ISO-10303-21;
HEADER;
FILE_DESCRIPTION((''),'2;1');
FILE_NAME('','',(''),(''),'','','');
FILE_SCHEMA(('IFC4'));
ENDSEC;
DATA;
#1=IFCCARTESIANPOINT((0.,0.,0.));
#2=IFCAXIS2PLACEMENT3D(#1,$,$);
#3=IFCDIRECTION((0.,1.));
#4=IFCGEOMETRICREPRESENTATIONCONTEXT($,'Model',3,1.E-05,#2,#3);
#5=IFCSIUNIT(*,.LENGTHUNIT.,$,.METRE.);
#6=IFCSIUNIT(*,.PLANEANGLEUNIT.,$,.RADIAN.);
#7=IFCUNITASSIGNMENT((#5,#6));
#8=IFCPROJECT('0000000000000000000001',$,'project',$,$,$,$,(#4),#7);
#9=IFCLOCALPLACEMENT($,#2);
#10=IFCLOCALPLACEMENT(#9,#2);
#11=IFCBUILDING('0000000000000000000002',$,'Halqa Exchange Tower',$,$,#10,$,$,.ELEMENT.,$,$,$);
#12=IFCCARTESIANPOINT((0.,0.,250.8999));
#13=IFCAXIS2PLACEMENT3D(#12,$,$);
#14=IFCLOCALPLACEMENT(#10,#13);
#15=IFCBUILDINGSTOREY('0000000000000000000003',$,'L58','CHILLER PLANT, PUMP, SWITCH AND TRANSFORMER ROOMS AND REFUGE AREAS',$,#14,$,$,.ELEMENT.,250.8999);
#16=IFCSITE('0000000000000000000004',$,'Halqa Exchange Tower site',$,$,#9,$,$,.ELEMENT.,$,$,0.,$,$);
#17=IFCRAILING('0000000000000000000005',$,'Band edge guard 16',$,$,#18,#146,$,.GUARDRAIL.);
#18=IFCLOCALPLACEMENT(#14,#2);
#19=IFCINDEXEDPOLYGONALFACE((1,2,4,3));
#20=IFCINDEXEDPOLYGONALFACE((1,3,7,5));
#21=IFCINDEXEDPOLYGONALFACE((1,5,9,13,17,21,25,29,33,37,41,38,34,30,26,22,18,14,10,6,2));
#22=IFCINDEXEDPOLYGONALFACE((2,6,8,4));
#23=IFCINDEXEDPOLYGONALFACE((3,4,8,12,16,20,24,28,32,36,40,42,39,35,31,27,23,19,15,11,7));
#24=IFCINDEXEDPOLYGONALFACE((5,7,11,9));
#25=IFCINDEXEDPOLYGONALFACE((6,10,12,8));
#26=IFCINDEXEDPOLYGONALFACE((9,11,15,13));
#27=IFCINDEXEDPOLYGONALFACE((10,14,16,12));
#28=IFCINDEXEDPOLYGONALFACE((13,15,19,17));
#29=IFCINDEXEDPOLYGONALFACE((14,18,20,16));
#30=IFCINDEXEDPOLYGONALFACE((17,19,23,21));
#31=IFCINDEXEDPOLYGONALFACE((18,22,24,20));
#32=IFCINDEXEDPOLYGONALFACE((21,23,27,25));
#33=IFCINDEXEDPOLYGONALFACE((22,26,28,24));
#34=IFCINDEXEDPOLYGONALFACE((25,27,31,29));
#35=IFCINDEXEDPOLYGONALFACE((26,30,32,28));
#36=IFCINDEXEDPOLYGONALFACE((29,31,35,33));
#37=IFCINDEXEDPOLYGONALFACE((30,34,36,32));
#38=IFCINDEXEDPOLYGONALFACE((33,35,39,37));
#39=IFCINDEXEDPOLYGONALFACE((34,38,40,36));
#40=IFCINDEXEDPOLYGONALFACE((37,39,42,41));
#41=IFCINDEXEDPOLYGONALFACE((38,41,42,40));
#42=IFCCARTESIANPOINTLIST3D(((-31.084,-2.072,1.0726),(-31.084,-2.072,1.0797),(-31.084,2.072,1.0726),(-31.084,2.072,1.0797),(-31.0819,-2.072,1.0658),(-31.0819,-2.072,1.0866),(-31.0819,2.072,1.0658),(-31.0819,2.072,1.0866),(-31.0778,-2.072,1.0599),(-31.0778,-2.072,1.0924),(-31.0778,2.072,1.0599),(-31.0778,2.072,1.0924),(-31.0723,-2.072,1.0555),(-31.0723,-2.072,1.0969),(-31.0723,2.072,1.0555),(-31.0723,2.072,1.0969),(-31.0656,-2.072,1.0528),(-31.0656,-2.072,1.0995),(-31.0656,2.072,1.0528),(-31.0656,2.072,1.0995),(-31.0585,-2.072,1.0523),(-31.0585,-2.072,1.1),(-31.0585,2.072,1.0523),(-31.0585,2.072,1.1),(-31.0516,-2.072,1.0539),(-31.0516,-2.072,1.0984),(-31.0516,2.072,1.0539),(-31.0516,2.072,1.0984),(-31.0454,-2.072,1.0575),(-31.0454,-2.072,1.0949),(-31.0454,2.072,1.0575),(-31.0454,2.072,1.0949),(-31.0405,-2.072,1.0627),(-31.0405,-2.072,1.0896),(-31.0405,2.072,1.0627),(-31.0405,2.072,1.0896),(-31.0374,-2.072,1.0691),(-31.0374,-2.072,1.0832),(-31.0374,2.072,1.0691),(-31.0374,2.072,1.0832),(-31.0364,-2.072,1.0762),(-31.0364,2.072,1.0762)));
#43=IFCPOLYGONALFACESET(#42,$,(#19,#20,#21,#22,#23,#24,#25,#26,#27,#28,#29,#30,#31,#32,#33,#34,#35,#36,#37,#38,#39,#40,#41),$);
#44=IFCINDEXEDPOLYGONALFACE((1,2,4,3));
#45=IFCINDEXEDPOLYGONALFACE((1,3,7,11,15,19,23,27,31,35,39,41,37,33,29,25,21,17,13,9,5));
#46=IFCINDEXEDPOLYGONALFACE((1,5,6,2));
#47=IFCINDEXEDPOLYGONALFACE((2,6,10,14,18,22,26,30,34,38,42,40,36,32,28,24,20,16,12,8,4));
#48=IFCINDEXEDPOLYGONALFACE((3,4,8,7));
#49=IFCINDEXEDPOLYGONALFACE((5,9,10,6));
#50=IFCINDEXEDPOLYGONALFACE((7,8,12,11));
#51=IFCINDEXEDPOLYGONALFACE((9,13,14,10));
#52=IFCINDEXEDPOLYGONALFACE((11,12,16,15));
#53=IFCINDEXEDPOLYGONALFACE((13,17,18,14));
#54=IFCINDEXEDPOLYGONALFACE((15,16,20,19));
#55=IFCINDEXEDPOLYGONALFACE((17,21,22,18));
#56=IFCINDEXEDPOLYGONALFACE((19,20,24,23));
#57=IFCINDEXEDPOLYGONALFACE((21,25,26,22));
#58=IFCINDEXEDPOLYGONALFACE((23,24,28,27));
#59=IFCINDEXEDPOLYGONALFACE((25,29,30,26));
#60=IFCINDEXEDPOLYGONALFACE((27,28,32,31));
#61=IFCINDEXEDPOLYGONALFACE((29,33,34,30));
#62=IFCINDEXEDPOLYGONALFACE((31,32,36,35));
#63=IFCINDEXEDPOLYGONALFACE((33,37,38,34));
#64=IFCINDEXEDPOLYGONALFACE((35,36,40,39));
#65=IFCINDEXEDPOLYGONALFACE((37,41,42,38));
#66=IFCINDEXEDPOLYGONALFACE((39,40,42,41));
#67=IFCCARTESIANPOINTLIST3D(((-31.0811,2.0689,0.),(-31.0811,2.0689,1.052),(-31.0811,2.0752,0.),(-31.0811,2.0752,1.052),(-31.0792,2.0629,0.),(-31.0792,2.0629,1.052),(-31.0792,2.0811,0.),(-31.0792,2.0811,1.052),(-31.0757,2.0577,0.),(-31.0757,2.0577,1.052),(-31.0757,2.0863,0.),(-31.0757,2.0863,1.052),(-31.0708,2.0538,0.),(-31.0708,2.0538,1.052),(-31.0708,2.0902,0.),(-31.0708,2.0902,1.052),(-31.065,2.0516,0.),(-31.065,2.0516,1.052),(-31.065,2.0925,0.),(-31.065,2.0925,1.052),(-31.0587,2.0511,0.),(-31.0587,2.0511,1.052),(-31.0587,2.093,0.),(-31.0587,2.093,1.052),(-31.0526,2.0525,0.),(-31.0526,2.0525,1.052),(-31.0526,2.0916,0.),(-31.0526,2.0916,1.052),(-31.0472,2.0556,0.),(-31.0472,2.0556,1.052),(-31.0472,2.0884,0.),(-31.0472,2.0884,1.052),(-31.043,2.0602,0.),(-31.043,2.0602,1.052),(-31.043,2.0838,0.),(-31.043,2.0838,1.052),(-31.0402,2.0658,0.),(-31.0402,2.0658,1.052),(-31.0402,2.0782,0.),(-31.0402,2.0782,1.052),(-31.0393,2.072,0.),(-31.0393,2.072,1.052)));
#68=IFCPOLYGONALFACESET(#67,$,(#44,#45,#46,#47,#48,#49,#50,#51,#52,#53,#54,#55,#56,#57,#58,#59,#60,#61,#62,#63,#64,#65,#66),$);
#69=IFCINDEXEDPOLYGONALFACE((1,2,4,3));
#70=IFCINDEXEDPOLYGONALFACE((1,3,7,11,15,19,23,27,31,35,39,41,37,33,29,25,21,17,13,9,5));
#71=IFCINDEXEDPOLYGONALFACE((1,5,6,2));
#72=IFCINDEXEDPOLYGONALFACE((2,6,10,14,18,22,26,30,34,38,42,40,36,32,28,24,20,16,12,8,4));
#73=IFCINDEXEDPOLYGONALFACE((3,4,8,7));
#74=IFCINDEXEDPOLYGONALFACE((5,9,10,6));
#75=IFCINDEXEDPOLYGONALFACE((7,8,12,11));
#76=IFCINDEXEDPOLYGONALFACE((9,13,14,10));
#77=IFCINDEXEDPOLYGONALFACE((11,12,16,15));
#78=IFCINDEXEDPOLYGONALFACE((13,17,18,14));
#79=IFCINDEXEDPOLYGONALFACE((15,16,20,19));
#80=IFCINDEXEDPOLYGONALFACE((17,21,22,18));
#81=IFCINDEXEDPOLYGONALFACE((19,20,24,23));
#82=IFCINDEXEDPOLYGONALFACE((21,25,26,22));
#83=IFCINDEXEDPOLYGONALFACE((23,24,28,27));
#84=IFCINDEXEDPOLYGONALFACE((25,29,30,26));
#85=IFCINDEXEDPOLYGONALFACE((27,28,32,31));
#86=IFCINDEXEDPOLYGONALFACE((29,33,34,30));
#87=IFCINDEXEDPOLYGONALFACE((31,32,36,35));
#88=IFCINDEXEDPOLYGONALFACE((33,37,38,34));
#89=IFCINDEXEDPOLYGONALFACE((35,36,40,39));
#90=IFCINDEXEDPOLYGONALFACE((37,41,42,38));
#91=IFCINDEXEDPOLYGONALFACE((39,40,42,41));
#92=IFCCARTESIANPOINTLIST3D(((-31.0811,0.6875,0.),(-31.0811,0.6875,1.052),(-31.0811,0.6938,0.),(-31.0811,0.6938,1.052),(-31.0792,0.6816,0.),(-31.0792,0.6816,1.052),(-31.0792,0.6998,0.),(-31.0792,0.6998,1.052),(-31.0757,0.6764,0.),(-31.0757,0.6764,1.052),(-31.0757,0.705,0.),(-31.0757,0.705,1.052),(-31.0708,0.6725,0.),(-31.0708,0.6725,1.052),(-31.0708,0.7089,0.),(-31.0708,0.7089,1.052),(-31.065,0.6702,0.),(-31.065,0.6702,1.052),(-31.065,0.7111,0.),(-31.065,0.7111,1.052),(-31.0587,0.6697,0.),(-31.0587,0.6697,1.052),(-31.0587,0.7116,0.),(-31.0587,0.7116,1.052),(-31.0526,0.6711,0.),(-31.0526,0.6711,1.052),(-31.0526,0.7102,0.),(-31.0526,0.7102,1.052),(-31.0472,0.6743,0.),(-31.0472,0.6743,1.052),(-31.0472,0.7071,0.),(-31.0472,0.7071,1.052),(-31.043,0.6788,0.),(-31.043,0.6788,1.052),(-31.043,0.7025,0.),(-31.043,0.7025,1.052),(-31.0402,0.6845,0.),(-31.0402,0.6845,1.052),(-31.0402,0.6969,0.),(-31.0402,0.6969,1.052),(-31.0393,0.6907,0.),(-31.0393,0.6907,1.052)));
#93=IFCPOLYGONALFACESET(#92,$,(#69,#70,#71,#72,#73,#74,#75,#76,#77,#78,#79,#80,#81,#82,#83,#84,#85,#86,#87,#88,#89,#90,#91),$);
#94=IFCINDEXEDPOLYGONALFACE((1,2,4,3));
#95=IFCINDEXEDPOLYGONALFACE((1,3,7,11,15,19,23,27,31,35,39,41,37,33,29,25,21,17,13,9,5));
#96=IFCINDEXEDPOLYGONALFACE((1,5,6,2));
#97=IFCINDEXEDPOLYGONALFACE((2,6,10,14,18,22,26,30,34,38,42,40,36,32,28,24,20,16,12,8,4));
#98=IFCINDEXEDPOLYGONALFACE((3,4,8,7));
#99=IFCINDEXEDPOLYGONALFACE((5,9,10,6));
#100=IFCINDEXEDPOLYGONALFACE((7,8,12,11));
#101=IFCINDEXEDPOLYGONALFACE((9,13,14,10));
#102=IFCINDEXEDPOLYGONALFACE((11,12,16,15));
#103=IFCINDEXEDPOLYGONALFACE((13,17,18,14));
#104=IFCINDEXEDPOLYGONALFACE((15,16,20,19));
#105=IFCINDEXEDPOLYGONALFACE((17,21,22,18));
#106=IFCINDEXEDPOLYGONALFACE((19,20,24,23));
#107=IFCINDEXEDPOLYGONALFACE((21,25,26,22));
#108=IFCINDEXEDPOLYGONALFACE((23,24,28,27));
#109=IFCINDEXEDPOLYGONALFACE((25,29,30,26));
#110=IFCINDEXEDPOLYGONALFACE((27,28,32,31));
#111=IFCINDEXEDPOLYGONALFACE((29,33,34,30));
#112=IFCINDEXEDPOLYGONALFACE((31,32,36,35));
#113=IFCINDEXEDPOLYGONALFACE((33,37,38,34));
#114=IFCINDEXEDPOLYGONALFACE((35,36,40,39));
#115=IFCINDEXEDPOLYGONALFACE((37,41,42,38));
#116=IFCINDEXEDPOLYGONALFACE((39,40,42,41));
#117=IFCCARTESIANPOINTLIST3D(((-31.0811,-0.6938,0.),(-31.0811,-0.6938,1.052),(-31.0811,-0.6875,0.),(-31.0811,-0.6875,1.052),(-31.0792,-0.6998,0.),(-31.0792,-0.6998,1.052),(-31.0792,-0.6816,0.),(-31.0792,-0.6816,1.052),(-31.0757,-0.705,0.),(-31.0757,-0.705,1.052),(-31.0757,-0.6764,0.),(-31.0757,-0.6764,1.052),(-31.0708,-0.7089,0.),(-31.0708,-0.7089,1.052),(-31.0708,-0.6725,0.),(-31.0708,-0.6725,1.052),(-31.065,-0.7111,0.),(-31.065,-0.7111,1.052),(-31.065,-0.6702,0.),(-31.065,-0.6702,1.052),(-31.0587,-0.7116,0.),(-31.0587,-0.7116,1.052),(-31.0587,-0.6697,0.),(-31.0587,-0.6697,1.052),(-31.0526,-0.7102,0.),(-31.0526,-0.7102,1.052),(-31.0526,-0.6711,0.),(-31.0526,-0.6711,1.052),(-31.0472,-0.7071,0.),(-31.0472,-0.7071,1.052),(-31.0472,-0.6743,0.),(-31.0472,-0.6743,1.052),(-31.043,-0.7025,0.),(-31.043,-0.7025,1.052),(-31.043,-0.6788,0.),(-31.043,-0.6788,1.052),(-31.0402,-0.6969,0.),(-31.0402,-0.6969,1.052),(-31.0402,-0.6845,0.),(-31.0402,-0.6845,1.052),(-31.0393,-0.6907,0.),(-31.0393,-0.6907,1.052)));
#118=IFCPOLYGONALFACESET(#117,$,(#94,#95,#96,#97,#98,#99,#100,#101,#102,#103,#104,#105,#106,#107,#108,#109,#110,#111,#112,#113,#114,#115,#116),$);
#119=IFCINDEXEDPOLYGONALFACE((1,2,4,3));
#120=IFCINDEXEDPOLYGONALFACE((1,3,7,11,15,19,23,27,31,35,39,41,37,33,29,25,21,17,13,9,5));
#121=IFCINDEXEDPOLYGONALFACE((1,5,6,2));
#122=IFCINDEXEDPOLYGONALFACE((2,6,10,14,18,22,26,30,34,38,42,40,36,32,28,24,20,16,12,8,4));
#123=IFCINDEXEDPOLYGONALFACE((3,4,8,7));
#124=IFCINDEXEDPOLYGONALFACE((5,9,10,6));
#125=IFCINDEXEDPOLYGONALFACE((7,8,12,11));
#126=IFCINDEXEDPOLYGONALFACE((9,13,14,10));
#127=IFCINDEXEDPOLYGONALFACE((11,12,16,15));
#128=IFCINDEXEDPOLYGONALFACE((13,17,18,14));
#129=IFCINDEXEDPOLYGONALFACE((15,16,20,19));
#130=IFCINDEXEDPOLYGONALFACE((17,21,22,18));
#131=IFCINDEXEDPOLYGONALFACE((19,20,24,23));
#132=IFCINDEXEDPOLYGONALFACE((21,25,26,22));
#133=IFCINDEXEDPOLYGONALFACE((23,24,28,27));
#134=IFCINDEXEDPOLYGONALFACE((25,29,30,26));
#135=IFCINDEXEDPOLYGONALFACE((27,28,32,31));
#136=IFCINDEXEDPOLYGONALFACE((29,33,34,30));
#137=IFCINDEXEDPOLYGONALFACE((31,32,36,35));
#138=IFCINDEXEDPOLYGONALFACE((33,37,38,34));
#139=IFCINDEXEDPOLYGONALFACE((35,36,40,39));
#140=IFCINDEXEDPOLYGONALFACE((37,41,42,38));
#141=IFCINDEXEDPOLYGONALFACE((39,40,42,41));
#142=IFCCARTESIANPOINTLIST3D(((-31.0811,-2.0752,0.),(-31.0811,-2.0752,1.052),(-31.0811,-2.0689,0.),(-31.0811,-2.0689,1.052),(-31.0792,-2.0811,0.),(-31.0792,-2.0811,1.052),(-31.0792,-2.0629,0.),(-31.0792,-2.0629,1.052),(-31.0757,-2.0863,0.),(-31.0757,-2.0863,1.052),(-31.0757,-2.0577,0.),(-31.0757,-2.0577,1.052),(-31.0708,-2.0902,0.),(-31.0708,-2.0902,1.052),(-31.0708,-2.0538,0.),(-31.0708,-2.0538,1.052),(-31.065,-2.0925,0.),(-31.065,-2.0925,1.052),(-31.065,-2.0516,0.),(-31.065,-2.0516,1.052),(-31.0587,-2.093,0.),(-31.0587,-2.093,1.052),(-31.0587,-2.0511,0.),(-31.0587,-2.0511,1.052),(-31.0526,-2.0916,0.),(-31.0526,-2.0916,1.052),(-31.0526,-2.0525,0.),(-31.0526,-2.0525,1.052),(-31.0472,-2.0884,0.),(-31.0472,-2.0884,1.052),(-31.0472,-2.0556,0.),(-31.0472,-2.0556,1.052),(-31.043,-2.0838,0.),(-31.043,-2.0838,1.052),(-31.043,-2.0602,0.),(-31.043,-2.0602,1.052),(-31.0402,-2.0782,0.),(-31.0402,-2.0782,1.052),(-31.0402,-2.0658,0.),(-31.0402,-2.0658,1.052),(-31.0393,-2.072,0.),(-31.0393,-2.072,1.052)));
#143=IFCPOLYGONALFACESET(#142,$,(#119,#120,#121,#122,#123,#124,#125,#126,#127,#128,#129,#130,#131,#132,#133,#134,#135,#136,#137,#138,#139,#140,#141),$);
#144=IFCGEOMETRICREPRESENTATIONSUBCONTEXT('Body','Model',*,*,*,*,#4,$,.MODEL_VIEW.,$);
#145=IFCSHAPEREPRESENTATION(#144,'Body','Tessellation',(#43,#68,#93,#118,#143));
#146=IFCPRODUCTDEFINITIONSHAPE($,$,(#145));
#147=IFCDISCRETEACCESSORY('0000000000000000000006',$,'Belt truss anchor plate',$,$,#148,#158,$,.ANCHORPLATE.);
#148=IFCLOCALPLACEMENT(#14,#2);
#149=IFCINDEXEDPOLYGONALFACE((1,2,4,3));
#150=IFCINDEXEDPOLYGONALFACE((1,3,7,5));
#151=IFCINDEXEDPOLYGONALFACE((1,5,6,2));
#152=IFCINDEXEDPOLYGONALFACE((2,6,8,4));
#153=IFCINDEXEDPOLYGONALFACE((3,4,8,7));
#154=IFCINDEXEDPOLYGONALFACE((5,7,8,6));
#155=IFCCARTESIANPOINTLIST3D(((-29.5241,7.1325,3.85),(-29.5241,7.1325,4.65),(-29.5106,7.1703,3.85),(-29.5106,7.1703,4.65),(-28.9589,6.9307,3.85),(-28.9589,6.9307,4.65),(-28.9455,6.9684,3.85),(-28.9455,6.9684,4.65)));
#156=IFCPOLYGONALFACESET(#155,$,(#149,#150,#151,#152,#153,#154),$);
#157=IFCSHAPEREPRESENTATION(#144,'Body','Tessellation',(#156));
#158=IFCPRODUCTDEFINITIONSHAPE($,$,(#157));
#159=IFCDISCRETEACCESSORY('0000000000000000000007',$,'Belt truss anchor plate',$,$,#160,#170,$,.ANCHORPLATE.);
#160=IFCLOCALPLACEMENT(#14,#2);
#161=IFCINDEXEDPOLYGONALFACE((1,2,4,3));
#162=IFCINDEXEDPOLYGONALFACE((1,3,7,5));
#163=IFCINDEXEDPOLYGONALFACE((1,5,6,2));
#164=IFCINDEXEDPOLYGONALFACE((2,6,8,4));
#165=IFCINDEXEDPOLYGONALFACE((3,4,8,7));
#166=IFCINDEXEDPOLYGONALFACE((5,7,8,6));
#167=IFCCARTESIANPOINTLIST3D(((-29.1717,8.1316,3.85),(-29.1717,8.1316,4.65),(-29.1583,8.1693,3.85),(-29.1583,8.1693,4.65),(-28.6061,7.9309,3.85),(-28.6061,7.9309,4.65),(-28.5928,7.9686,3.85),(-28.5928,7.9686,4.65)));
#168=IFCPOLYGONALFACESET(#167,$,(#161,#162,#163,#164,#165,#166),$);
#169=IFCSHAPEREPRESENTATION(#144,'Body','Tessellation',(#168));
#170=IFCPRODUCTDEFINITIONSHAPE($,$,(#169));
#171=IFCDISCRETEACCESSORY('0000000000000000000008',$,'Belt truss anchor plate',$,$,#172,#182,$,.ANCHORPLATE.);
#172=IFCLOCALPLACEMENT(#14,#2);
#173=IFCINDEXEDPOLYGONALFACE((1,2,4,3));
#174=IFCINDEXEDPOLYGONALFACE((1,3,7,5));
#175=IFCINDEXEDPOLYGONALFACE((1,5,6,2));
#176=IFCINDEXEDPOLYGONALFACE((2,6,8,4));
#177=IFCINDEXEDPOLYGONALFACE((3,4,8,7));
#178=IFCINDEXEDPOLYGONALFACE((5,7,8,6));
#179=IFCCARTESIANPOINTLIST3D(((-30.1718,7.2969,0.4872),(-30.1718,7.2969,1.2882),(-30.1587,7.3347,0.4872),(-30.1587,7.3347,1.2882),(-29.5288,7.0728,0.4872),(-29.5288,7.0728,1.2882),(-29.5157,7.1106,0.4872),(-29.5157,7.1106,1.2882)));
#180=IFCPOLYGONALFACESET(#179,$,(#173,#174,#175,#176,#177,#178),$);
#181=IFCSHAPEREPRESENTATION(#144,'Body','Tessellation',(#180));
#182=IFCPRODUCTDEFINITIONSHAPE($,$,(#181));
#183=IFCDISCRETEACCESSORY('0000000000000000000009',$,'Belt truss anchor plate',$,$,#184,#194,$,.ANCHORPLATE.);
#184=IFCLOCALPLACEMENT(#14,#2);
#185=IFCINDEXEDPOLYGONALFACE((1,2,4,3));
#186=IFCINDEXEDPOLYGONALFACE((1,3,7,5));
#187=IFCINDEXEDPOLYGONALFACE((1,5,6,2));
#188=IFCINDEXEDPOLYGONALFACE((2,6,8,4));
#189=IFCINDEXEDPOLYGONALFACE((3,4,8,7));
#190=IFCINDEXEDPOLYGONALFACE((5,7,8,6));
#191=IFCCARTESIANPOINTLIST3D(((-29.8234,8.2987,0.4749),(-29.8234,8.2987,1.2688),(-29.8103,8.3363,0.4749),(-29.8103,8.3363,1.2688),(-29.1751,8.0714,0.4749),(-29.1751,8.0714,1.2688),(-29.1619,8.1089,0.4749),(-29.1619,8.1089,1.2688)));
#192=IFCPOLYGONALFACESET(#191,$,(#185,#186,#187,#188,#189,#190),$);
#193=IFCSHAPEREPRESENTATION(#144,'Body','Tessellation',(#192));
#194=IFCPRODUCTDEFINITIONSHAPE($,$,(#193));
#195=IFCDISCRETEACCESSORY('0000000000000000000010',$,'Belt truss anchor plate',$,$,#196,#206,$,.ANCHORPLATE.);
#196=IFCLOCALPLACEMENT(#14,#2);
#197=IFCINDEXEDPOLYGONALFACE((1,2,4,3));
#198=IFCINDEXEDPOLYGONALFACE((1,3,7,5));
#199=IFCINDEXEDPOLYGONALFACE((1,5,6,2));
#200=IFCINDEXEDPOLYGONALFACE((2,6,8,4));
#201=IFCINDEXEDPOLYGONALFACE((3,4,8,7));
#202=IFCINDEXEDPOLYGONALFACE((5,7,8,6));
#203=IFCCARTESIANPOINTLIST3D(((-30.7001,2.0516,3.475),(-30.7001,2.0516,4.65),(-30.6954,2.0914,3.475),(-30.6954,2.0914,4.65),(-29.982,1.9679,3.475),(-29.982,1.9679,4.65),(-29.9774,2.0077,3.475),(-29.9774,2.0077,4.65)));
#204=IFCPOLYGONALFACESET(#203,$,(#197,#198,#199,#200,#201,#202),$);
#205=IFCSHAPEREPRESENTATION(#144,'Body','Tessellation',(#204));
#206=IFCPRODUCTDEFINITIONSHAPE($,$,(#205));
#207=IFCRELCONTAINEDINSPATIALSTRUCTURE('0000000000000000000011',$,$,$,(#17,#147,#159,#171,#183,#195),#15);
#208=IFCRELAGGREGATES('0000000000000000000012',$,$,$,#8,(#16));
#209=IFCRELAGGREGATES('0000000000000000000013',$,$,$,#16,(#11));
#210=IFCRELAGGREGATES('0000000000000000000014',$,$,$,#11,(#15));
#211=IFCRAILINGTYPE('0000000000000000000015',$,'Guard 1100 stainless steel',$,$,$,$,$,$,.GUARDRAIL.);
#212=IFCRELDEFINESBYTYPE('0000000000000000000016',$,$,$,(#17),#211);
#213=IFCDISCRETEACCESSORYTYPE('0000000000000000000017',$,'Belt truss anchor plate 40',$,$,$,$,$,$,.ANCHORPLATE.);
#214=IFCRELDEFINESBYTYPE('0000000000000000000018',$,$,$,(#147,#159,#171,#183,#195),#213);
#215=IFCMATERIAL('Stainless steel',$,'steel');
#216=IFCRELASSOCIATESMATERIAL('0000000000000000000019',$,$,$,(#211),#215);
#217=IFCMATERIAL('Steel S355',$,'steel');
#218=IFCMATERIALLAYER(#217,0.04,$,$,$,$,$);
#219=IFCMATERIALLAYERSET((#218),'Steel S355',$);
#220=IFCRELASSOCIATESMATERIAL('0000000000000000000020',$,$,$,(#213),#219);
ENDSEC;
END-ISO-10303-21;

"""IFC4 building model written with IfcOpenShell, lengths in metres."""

from ifc_helpers import new_model, si_unit, direction, frame, origin, origin_2d, place, context, subcontext, project, spatial, rectangle, circle, extrude, material, layer, layer_set, type_object, element, save


model = new_model("IFC4")

# Units and contexts
model_context = context("Model", 3, precision=1e-05, world=origin(), true_north=direction((0.0, 1.0)))
body_context = subcontext(model_context, "Body", "Model", "MODEL_VIEW")
ifc_project = project(units=[si_unit("LENGTHUNIT", "METRE"), si_unit("PLANEANGLEUNIT", "RADIAN")], contexts=[model_context])

# Site, building, storey
site_placement = place(None, origin())
site = spatial("IfcSite", under=ifc_project, at=site_placement, Name="Halqa Exchange Tower site", CompositionType="ELEMENT", RefElevation=0.0)
building_placement = place(site_placement, origin())
building = spatial("IfcBuilding", under=site, at=building_placement, Name="Halqa Exchange Tower", CompositionType="ELEMENT")
storey_placement = place(building_placement, frame((0.0, 0.0, 250.8999)))
storey = spatial("IfcBuildingStorey", under=building, at=storey_placement, Name="L58", Description="CHILLER PLANT, PUMP, SWITCH AND TRANSFORMER ROOMS AND REFUGE AREAS", CompositionType="ELEMENT", Elevation=250.8999)

# Shared definitions
ifc_material_1 = material(Name="Steel S355", Category="steel")

# Railing
ifc_material_2 = material(Name="Stainless steel", Category="steel")
railing_type = type_object("IfcRailingType", Name="Guard 1100 stainless steel", PredefinedType="GUARDRAIL", material=ifc_material_2)
railing_1_placement = place(storey_placement, frame((-31.0603, 2.072, 0.0)))
element("IfcRailing", 1, at=railing_1_placement, inside=storey, type_object=railing_type, Name="Band edge guard 16", PredefinedType="GUARDRAIL", context=body_context, shape_type="SweptSolid", body=[
    extrude(circle(Radius=0.0239, at=origin_2d()), frame((0.0, 0.0, 1.0762), z_axis=(0.0, -1.0, 0.0), x_axis=(1.0, 0.0, 0.0)), (0.0, 0.0, 1.0), 4.144),
    extrude(circle(Radius=0.021, at=origin_2d()), origin(), (0.0, 0.0, 1.0), 1.052),
    extrude(circle(Radius=0.021, at=origin_2d()), frame((0.0, -1.3813, 0.0)), (0.0, 0.0, 1.0), 1.052),
    extrude(circle(Radius=0.021, at=origin_2d()), frame((0.0, -2.7627, 0.0)), (0.0, 0.0, 1.0), 1.052),
    extrude(circle(Radius=0.021, at=origin_2d()), frame((0.0, -4.144, 0.0)), (0.0, 0.0, 1.0), 1.052),
])

# Discrete accessories
ifc_layer_1 = layer(ifc_material_1, 0.04)
ifc_layer_set_1 = layer_set([ifc_layer_1], Name="Steel S355")
discrete_accessory_type = type_object("IfcDiscreteAccessoryType", Name="Belt truss anchor plate 40", PredefinedType="ANCHORPLATE", material=ifc_layer_set_1)
for number, where, z_axis, x_axis, name in (
    (2, (-29.228, 7.0693, 4.25), (-0.336336, -0.941742, 0.0), (0.941742, -0.336336, 0.0), "Belt truss anchor plate"),
    (3, (-28.8889, 8.0312, 4.25), (0.33441, 0.942428, 0.0), (-0.942428, 0.33441, 0.0), "Belt truss anchor plate"),
):
    element("IfcDiscreteAccessory", number, at=place(storey_placement, frame(where, z_axis=z_axis, x_axis=x_axis)), inside=storey, type_object=discrete_accessory_type, Name=name, PredefinedType="ANCHORPLATE", context=body_context, shape_type="SweptSolid", body=[
        extrude(rectangle(XDim=0.6001, YDim=0.8, at=origin_2d()), origin(), (0.0, 0.0, 1.0), 0.04),
    ])
discrete_accessory_1_placement = place(storey_placement, frame((-29.8372, 7.2227, 0.8877), z_axis=(-0.328993, -0.944332, 0.0), x_axis=(0.944332, -0.328993, 0.0)))
element("IfcDiscreteAccessory", 4, at=discrete_accessory_1_placement, inside=storey, type_object=discrete_accessory_type, Name="Belt truss anchor plate", PredefinedType="ANCHORPLATE", context=body_context, shape_type="SweptSolid", body=[
    extrude(rectangle(XDim=0.6809, YDim=0.801, at=origin_2d()), origin(), (0.0, 0.0, 1.0), 0.04),
])
discrete_accessory_2_placement = place(storey_placement, frame((-29.4993, 8.1851, 0.8718), z_axis=(0.330896, 0.943667, 0.0), x_axis=(-0.943667, 0.330896, 0.0)))
element("IfcDiscreteAccessory", 5, at=discrete_accessory_2_placement, inside=storey, type_object=discrete_accessory_type, Name="Belt truss anchor plate", PredefinedType="ANCHORPLATE", context=body_context, shape_type="SweptSolid", body=[
    extrude(rectangle(XDim=0.687, YDim=0.7939, at=origin_2d()), origin(), (0.0, 0.0, 1.0), 0.0398),
])
discrete_accessory_3_placement = place(storey_placement, frame((-30.3364, 2.0496, 4.0625), z_axis=(-0.115781, -0.993275, 0.0), x_axis=(0.993275, -0.115781, 0.0)))
element("IfcDiscreteAccessory", 6, at=discrete_accessory_3_placement, inside=storey, type_object=discrete_accessory_type, Name="Belt truss anchor plate", PredefinedType="ANCHORPLATE", context=body_context, shape_type="SweptSolid", body=[
    extrude(rectangle(XDim=0.7229, YDim=1.175, at=origin_2d()), origin(), (0.0, 0.0, 1.0), 0.04),
])

save(model, "model.ifc")
